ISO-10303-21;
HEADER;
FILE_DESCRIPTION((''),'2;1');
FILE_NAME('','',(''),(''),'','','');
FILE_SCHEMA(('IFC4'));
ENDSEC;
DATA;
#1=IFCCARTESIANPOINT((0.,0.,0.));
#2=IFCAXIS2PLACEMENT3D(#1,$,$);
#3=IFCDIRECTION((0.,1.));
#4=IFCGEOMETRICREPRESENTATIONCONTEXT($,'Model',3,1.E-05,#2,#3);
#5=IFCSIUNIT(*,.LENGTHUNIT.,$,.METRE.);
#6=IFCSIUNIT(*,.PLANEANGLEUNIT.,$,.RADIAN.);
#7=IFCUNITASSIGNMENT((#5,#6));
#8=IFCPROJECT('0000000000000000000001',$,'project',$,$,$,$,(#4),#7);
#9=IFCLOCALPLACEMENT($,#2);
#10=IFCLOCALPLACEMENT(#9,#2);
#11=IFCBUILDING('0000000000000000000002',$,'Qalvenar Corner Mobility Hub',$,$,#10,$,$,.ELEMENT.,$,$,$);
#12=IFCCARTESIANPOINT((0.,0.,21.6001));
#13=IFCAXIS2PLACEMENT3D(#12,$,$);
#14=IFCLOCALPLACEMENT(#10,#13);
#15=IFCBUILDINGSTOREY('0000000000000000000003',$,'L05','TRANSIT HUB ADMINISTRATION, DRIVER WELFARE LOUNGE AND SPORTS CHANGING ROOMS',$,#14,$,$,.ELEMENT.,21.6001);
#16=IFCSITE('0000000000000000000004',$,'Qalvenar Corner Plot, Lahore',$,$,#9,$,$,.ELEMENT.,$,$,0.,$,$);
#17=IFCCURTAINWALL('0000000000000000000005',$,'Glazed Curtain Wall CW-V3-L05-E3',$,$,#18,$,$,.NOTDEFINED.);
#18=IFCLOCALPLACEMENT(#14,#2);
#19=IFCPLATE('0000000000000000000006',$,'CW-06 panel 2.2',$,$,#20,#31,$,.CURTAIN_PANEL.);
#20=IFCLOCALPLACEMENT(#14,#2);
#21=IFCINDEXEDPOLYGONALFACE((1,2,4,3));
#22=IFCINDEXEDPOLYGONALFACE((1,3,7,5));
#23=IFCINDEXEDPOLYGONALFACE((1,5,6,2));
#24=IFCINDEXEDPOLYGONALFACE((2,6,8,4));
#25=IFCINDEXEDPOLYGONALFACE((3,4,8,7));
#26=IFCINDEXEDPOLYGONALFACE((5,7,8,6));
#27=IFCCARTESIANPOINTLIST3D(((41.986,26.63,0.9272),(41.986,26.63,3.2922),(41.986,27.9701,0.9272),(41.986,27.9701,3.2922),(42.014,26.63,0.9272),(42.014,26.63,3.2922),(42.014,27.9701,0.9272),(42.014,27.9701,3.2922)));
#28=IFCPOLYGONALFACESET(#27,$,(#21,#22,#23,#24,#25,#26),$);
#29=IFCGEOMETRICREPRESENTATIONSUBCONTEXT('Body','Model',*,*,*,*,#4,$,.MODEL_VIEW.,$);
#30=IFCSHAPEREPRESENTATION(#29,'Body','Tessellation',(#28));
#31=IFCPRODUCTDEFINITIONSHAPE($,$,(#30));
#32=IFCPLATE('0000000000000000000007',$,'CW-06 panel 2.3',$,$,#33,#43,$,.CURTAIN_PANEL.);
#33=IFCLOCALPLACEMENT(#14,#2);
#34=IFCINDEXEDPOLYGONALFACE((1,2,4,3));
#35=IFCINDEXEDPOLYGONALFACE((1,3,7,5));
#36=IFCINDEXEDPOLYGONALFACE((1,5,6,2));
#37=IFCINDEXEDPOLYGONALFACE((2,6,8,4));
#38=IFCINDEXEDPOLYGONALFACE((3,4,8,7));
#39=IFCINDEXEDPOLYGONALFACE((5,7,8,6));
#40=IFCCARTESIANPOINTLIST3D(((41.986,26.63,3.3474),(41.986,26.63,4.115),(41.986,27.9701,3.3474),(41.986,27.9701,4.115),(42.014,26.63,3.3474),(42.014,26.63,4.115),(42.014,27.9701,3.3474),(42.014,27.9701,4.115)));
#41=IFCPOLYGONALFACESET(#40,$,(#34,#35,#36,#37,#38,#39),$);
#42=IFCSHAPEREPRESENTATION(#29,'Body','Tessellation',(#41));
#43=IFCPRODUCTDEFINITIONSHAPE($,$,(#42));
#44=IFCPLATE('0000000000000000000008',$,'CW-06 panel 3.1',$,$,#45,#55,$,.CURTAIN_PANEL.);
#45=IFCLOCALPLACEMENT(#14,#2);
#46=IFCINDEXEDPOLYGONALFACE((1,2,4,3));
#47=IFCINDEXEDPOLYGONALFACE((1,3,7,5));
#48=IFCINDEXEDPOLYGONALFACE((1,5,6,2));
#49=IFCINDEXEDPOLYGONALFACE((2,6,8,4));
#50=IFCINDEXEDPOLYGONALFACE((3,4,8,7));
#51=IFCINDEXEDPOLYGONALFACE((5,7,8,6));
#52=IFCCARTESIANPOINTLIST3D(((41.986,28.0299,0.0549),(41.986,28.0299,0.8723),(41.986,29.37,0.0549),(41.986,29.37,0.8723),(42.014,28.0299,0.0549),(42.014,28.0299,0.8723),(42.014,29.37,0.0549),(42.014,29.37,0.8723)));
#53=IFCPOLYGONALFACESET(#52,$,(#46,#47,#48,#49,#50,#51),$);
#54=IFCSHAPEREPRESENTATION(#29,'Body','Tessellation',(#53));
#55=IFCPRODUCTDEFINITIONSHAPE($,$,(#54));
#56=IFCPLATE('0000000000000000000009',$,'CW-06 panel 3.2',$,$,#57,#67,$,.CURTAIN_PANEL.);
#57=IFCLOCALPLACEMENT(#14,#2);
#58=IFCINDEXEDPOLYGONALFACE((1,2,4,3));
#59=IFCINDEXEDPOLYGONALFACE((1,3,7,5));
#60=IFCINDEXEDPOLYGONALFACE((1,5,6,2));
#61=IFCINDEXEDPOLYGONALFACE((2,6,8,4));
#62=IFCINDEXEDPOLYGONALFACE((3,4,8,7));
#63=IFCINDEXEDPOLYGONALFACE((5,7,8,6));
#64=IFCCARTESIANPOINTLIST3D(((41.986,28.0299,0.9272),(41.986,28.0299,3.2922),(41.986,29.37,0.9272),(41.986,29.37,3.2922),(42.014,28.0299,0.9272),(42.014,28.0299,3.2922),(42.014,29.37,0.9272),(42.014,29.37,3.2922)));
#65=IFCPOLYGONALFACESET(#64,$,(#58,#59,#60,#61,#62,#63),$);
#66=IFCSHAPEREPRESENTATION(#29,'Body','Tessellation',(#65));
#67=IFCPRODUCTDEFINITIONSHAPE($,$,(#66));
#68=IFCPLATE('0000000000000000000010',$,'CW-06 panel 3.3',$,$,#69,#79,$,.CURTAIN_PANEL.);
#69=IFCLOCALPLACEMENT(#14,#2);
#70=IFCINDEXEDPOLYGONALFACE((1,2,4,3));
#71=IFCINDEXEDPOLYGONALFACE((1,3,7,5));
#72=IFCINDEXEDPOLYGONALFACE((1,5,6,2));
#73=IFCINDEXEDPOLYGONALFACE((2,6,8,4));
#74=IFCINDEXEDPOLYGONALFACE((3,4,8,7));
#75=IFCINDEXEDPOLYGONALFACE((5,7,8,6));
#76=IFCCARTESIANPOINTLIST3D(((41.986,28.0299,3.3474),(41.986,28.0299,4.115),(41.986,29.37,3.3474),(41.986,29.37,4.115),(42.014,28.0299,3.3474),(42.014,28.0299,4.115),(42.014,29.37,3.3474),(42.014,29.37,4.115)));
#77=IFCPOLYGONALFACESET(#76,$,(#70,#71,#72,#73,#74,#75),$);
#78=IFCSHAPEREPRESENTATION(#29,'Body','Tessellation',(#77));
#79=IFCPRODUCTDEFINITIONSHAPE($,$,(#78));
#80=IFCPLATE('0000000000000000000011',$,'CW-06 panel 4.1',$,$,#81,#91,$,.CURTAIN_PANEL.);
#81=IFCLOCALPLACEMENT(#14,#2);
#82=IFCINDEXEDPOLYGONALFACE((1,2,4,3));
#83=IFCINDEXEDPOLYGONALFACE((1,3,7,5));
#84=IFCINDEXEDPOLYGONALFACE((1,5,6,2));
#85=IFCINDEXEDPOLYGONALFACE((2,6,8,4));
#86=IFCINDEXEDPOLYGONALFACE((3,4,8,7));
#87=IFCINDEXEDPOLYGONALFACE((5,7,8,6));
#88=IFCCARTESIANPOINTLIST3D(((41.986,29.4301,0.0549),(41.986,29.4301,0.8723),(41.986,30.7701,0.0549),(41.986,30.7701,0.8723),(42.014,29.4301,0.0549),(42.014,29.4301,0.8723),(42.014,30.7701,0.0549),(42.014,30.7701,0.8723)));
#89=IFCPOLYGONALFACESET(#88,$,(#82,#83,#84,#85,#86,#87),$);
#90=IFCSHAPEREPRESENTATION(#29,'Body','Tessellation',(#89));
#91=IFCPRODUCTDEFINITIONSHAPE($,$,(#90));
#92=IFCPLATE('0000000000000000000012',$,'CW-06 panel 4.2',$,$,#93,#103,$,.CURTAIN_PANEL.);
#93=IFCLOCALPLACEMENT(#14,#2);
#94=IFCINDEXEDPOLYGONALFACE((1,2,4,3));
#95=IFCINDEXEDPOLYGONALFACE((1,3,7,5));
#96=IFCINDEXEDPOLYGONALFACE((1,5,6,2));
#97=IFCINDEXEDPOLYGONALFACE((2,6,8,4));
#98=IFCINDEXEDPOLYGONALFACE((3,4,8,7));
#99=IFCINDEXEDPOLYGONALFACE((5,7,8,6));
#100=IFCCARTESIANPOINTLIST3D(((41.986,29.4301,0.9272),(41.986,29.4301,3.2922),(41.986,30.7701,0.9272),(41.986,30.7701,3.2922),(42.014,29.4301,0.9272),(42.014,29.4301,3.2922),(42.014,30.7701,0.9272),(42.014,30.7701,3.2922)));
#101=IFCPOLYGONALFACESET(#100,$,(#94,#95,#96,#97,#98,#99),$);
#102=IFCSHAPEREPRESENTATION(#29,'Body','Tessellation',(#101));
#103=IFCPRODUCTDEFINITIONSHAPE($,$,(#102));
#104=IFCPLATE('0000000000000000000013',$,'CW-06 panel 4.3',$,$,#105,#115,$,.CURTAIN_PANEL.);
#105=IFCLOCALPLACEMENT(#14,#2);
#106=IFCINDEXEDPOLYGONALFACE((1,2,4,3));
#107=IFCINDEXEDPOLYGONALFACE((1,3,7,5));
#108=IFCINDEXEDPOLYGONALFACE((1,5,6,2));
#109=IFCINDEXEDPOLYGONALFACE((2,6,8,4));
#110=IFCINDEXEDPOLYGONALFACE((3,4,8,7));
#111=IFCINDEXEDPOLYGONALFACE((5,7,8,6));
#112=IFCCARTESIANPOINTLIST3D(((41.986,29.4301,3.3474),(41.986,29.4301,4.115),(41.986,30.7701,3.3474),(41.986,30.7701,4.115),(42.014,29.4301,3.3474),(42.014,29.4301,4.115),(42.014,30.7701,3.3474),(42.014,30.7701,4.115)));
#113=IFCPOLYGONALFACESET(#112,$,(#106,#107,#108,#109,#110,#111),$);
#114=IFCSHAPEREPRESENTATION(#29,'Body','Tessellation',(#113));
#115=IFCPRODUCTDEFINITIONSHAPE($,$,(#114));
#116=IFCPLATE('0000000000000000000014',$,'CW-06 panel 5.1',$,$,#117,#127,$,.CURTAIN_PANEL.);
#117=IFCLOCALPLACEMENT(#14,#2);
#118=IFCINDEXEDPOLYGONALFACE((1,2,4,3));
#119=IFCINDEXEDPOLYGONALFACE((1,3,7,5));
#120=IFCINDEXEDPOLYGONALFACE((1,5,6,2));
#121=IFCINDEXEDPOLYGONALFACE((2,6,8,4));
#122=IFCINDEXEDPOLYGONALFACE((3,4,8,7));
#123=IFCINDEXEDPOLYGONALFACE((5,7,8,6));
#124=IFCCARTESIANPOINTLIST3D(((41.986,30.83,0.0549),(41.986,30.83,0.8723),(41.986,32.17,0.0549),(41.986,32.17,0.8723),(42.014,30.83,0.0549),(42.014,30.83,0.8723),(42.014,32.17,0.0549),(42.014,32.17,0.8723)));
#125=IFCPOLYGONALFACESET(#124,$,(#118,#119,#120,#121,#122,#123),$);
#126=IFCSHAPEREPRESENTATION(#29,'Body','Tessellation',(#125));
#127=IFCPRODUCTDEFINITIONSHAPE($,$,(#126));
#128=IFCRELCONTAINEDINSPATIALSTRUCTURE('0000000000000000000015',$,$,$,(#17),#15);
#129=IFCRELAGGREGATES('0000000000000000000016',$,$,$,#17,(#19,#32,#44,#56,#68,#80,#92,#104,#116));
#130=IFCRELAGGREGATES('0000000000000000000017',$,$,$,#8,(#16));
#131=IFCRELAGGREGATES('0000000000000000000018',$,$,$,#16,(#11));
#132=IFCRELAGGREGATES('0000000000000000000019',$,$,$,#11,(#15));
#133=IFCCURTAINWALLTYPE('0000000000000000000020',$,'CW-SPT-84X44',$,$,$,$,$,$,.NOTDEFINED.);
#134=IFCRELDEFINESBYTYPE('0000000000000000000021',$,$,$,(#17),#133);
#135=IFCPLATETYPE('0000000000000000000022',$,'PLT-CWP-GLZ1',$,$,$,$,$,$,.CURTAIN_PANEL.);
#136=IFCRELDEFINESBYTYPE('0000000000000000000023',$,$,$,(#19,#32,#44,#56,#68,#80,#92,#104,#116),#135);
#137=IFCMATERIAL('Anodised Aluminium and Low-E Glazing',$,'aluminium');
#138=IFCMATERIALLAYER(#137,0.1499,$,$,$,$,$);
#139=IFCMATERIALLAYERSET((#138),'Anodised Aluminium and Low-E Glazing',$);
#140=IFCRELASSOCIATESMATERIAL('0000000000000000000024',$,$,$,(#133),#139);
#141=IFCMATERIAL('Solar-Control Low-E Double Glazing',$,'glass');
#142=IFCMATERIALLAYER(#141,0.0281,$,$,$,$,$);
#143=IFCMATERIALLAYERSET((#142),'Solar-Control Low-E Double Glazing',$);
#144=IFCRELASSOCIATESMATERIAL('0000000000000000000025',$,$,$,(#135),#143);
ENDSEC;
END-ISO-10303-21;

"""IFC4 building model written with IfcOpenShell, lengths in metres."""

from ifc_helpers import new_model, si_unit, direction, frame, origin, origin_2d, place, context, subcontext, project, spatial, rectangle, extrude, material, layer, layer_set, type_object, element, aggregate, save


model = new_model("IFC4")

# Units and contexts
model_context = context("Model", 3, precision=1e-05, world=origin(), true_north=direction((0.0, 1.0)))
body_context = subcontext(model_context, "Body", "Model", "MODEL_VIEW")
ifc_project = project(units=[si_unit("LENGTHUNIT", "METRE"), si_unit("PLANEANGLEUNIT", "RADIAN")], contexts=[model_context])

# Site, building, storey
site_placement = place(None, origin())
site = spatial("IfcSite", under=ifc_project, at=site_placement, Name="Qalvenar Corner Plot, Lahore", CompositionType="ELEMENT", RefElevation=0.0)
building_placement = place(site_placement, origin())
building = spatial("IfcBuilding", under=site, at=building_placement, Name="Qalvenar Corner Mobility Hub", CompositionType="ELEMENT")
storey_placement = place(building_placement, frame((0.0, 0.0, 21.6001)))
storey = spatial("IfcBuildingStorey", under=building, at=storey_placement, Name="L05", Description="TRANSIT HUB ADMINISTRATION, DRIVER WELFARE LOUNGE AND SPORTS CHANGING ROOMS", CompositionType="ELEMENT", Elevation=21.6001)

# Curtain wall, plates
ifc_material_1 = material(Name="Anodised Aluminium and Low-E Glazing", Category="aluminium")
ifc_layer_1 = layer(ifc_material_1, 0.1499)
ifc_layer_set_1 = layer_set([ifc_layer_1], Name="Anodised Aluminium and Low-E Glazing")
curtain_wall_type = type_object("IfcCurtainWallType", Name="CW-SPT-84X44", PredefinedType="NOTDEFINED", material=ifc_layer_set_1)
curtain_wall_placement = place(storey_placement, origin())
curtain_wall = element("IfcCurtainWall", 1, at=curtain_wall_placement, inside=storey, type_object=curtain_wall_type, Name="Glazed Curtain Wall CW-V3-L05-E3", PredefinedType="NOTDEFINED")
ifc_material_2 = material(Name="Solar-Control Low-E Double Glazing", Category="glass")
ifc_layer_2 = layer(ifc_material_2, 0.0281)
ifc_layer_set_2 = layer_set([ifc_layer_2], Name="Solar-Control Low-E Double Glazing")
plate_type = type_object("IfcPlateType", Name="PLT-CWP-GLZ1", PredefinedType="CURTAIN_PANEL", material=ifc_layer_set_2)
plate_1_placement = place(storey_placement, frame((42.0, 27.3, 0.9272), z_axis=(0.0, 0.0, 1.0), x_axis=(0.0, 1.0, 0.0)))
plate_1 = element("IfcPlate", 2, at=plate_1_placement, type_object=plate_type, Name="CW-06 panel 2.2", PredefinedType="CURTAIN_PANEL", context=body_context, shape_type="SweptSolid", body=[
    extrude(rectangle(XDim=1.3401, YDim=0.0281, at=origin_2d()), origin(), (0.0, 0.0, 1.0), 2.365),
])
plate_2_placement = place(storey_placement, frame((42.0, 27.3, 3.3474), z_axis=(0.0, 0.0, 1.0), x_axis=(0.0, 1.0, 0.0)))
plate_2 = element("IfcPlate", 3, at=plate_2_placement, type_object=plate_type, Name="CW-06 panel 2.3", PredefinedType="CURTAIN_PANEL", context=body_context, shape_type="SweptSolid", body=[
    extrude(rectangle(XDim=1.3401, YDim=0.0281, at=origin_2d()), origin(), (0.0, 0.0, 1.0), 0.7676),
])
plate_3_placement = place(storey_placement, frame((42.0, 28.7, 0.0549), z_axis=(0.0, 0.0, 1.0), x_axis=(0.0, 1.0, 0.0)))
plate_3 = element("IfcPlate", 4, at=plate_3_placement, type_object=plate_type, Name="CW-06 panel 3.1", PredefinedType="CURTAIN_PANEL", context=body_context, shape_type="SweptSolid", body=[
    extrude(rectangle(XDim=1.3401, YDim=0.0281, at=origin_2d()), origin(), (0.0, 0.0, 1.0), 0.8174),
])
plate_4_placement = place(storey_placement, frame((42.0, 28.7, 0.9272), z_axis=(0.0, 0.0, 1.0), x_axis=(0.0, 1.0, 0.0)))
plate_4 = element("IfcPlate", 5, at=plate_4_placement, type_object=plate_type, Name="CW-06 panel 3.2", PredefinedType="CURTAIN_PANEL", context=body_context, shape_type="SweptSolid", body=[
    extrude(rectangle(XDim=1.3401, YDim=0.0281, at=origin_2d()), origin(), (0.0, 0.0, 1.0), 2.365),
])
plate_5_placement = place(storey_placement, frame((42.0, 28.7, 3.3474), z_axis=(0.0, 0.0, 1.0), x_axis=(0.0, 1.0, 0.0)))
plate_5 = element("IfcPlate", 6, at=plate_5_placement, type_object=plate_type, Name="CW-06 panel 3.3", PredefinedType="CURTAIN_PANEL", context=body_context, shape_type="SweptSolid", body=[
    extrude(rectangle(XDim=1.3401, YDim=0.0281, at=origin_2d()), origin(), (0.0, 0.0, 1.0), 0.7676),
])
plate_6_placement = place(storey_placement, frame((42.0, 30.1001, 0.0549), z_axis=(0.0, 0.0, 1.0), x_axis=(0.0, 1.0, 0.0)))
plate_6 = element("IfcPlate", 7, at=plate_6_placement, type_object=plate_type, Name="CW-06 panel 4.1", PredefinedType="CURTAIN_PANEL", context=body_context, shape_type="SweptSolid", body=[
    extrude(rectangle(XDim=1.3401, YDim=0.0281, at=origin_2d()), origin(), (0.0, 0.0, 1.0), 0.8174),
])
plate_7_placement = place(storey_placement, frame((42.0, 30.1001, 0.9272), z_axis=(0.0, 0.0, 1.0), x_axis=(0.0, 1.0, 0.0)))
plate_7 = element("IfcPlate", 8, at=plate_7_placement, type_object=plate_type, Name="CW-06 panel 4.2", PredefinedType="CURTAIN_PANEL", context=body_context, shape_type="SweptSolid", body=[
    extrude(rectangle(XDim=1.3401, YDim=0.0281, at=origin_2d()), origin(), (0.0, 0.0, 1.0), 2.365),
])
plate_8_placement = place(storey_placement, frame((42.0, 30.1001, 3.3474), z_axis=(0.0, 0.0, 1.0), x_axis=(0.0, 1.0, 0.0)))
plate_8 = element("IfcPlate", 9, at=plate_8_placement, type_object=plate_type, Name="CW-06 panel 4.3", PredefinedType="CURTAIN_PANEL", context=body_context, shape_type="SweptSolid", body=[
    extrude(rectangle(XDim=1.3401, YDim=0.0281, at=origin_2d()), origin(), (0.0, 0.0, 1.0), 0.7676),
])
plate_9_placement = place(storey_placement, frame((42.0, 31.5, 0.0549), z_axis=(0.0, 0.0, 1.0), x_axis=(0.0, 1.0, 0.0)))
plate_9 = element("IfcPlate", 10, at=plate_9_placement, type_object=plate_type, Name="CW-06 panel 5.1", PredefinedType="CURTAIN_PANEL", context=body_context, shape_type="SweptSolid", body=[
    extrude(rectangle(XDim=1.3401, YDim=0.0281, at=origin_2d()), origin(), (0.0, 0.0, 1.0), 0.8174),
])
aggregate(curtain_wall, [plate_1, plate_2, plate_3, plate_4, plate_5, plate_6, plate_7, plate_8, plate_9])

save(model, "model.ifc")
